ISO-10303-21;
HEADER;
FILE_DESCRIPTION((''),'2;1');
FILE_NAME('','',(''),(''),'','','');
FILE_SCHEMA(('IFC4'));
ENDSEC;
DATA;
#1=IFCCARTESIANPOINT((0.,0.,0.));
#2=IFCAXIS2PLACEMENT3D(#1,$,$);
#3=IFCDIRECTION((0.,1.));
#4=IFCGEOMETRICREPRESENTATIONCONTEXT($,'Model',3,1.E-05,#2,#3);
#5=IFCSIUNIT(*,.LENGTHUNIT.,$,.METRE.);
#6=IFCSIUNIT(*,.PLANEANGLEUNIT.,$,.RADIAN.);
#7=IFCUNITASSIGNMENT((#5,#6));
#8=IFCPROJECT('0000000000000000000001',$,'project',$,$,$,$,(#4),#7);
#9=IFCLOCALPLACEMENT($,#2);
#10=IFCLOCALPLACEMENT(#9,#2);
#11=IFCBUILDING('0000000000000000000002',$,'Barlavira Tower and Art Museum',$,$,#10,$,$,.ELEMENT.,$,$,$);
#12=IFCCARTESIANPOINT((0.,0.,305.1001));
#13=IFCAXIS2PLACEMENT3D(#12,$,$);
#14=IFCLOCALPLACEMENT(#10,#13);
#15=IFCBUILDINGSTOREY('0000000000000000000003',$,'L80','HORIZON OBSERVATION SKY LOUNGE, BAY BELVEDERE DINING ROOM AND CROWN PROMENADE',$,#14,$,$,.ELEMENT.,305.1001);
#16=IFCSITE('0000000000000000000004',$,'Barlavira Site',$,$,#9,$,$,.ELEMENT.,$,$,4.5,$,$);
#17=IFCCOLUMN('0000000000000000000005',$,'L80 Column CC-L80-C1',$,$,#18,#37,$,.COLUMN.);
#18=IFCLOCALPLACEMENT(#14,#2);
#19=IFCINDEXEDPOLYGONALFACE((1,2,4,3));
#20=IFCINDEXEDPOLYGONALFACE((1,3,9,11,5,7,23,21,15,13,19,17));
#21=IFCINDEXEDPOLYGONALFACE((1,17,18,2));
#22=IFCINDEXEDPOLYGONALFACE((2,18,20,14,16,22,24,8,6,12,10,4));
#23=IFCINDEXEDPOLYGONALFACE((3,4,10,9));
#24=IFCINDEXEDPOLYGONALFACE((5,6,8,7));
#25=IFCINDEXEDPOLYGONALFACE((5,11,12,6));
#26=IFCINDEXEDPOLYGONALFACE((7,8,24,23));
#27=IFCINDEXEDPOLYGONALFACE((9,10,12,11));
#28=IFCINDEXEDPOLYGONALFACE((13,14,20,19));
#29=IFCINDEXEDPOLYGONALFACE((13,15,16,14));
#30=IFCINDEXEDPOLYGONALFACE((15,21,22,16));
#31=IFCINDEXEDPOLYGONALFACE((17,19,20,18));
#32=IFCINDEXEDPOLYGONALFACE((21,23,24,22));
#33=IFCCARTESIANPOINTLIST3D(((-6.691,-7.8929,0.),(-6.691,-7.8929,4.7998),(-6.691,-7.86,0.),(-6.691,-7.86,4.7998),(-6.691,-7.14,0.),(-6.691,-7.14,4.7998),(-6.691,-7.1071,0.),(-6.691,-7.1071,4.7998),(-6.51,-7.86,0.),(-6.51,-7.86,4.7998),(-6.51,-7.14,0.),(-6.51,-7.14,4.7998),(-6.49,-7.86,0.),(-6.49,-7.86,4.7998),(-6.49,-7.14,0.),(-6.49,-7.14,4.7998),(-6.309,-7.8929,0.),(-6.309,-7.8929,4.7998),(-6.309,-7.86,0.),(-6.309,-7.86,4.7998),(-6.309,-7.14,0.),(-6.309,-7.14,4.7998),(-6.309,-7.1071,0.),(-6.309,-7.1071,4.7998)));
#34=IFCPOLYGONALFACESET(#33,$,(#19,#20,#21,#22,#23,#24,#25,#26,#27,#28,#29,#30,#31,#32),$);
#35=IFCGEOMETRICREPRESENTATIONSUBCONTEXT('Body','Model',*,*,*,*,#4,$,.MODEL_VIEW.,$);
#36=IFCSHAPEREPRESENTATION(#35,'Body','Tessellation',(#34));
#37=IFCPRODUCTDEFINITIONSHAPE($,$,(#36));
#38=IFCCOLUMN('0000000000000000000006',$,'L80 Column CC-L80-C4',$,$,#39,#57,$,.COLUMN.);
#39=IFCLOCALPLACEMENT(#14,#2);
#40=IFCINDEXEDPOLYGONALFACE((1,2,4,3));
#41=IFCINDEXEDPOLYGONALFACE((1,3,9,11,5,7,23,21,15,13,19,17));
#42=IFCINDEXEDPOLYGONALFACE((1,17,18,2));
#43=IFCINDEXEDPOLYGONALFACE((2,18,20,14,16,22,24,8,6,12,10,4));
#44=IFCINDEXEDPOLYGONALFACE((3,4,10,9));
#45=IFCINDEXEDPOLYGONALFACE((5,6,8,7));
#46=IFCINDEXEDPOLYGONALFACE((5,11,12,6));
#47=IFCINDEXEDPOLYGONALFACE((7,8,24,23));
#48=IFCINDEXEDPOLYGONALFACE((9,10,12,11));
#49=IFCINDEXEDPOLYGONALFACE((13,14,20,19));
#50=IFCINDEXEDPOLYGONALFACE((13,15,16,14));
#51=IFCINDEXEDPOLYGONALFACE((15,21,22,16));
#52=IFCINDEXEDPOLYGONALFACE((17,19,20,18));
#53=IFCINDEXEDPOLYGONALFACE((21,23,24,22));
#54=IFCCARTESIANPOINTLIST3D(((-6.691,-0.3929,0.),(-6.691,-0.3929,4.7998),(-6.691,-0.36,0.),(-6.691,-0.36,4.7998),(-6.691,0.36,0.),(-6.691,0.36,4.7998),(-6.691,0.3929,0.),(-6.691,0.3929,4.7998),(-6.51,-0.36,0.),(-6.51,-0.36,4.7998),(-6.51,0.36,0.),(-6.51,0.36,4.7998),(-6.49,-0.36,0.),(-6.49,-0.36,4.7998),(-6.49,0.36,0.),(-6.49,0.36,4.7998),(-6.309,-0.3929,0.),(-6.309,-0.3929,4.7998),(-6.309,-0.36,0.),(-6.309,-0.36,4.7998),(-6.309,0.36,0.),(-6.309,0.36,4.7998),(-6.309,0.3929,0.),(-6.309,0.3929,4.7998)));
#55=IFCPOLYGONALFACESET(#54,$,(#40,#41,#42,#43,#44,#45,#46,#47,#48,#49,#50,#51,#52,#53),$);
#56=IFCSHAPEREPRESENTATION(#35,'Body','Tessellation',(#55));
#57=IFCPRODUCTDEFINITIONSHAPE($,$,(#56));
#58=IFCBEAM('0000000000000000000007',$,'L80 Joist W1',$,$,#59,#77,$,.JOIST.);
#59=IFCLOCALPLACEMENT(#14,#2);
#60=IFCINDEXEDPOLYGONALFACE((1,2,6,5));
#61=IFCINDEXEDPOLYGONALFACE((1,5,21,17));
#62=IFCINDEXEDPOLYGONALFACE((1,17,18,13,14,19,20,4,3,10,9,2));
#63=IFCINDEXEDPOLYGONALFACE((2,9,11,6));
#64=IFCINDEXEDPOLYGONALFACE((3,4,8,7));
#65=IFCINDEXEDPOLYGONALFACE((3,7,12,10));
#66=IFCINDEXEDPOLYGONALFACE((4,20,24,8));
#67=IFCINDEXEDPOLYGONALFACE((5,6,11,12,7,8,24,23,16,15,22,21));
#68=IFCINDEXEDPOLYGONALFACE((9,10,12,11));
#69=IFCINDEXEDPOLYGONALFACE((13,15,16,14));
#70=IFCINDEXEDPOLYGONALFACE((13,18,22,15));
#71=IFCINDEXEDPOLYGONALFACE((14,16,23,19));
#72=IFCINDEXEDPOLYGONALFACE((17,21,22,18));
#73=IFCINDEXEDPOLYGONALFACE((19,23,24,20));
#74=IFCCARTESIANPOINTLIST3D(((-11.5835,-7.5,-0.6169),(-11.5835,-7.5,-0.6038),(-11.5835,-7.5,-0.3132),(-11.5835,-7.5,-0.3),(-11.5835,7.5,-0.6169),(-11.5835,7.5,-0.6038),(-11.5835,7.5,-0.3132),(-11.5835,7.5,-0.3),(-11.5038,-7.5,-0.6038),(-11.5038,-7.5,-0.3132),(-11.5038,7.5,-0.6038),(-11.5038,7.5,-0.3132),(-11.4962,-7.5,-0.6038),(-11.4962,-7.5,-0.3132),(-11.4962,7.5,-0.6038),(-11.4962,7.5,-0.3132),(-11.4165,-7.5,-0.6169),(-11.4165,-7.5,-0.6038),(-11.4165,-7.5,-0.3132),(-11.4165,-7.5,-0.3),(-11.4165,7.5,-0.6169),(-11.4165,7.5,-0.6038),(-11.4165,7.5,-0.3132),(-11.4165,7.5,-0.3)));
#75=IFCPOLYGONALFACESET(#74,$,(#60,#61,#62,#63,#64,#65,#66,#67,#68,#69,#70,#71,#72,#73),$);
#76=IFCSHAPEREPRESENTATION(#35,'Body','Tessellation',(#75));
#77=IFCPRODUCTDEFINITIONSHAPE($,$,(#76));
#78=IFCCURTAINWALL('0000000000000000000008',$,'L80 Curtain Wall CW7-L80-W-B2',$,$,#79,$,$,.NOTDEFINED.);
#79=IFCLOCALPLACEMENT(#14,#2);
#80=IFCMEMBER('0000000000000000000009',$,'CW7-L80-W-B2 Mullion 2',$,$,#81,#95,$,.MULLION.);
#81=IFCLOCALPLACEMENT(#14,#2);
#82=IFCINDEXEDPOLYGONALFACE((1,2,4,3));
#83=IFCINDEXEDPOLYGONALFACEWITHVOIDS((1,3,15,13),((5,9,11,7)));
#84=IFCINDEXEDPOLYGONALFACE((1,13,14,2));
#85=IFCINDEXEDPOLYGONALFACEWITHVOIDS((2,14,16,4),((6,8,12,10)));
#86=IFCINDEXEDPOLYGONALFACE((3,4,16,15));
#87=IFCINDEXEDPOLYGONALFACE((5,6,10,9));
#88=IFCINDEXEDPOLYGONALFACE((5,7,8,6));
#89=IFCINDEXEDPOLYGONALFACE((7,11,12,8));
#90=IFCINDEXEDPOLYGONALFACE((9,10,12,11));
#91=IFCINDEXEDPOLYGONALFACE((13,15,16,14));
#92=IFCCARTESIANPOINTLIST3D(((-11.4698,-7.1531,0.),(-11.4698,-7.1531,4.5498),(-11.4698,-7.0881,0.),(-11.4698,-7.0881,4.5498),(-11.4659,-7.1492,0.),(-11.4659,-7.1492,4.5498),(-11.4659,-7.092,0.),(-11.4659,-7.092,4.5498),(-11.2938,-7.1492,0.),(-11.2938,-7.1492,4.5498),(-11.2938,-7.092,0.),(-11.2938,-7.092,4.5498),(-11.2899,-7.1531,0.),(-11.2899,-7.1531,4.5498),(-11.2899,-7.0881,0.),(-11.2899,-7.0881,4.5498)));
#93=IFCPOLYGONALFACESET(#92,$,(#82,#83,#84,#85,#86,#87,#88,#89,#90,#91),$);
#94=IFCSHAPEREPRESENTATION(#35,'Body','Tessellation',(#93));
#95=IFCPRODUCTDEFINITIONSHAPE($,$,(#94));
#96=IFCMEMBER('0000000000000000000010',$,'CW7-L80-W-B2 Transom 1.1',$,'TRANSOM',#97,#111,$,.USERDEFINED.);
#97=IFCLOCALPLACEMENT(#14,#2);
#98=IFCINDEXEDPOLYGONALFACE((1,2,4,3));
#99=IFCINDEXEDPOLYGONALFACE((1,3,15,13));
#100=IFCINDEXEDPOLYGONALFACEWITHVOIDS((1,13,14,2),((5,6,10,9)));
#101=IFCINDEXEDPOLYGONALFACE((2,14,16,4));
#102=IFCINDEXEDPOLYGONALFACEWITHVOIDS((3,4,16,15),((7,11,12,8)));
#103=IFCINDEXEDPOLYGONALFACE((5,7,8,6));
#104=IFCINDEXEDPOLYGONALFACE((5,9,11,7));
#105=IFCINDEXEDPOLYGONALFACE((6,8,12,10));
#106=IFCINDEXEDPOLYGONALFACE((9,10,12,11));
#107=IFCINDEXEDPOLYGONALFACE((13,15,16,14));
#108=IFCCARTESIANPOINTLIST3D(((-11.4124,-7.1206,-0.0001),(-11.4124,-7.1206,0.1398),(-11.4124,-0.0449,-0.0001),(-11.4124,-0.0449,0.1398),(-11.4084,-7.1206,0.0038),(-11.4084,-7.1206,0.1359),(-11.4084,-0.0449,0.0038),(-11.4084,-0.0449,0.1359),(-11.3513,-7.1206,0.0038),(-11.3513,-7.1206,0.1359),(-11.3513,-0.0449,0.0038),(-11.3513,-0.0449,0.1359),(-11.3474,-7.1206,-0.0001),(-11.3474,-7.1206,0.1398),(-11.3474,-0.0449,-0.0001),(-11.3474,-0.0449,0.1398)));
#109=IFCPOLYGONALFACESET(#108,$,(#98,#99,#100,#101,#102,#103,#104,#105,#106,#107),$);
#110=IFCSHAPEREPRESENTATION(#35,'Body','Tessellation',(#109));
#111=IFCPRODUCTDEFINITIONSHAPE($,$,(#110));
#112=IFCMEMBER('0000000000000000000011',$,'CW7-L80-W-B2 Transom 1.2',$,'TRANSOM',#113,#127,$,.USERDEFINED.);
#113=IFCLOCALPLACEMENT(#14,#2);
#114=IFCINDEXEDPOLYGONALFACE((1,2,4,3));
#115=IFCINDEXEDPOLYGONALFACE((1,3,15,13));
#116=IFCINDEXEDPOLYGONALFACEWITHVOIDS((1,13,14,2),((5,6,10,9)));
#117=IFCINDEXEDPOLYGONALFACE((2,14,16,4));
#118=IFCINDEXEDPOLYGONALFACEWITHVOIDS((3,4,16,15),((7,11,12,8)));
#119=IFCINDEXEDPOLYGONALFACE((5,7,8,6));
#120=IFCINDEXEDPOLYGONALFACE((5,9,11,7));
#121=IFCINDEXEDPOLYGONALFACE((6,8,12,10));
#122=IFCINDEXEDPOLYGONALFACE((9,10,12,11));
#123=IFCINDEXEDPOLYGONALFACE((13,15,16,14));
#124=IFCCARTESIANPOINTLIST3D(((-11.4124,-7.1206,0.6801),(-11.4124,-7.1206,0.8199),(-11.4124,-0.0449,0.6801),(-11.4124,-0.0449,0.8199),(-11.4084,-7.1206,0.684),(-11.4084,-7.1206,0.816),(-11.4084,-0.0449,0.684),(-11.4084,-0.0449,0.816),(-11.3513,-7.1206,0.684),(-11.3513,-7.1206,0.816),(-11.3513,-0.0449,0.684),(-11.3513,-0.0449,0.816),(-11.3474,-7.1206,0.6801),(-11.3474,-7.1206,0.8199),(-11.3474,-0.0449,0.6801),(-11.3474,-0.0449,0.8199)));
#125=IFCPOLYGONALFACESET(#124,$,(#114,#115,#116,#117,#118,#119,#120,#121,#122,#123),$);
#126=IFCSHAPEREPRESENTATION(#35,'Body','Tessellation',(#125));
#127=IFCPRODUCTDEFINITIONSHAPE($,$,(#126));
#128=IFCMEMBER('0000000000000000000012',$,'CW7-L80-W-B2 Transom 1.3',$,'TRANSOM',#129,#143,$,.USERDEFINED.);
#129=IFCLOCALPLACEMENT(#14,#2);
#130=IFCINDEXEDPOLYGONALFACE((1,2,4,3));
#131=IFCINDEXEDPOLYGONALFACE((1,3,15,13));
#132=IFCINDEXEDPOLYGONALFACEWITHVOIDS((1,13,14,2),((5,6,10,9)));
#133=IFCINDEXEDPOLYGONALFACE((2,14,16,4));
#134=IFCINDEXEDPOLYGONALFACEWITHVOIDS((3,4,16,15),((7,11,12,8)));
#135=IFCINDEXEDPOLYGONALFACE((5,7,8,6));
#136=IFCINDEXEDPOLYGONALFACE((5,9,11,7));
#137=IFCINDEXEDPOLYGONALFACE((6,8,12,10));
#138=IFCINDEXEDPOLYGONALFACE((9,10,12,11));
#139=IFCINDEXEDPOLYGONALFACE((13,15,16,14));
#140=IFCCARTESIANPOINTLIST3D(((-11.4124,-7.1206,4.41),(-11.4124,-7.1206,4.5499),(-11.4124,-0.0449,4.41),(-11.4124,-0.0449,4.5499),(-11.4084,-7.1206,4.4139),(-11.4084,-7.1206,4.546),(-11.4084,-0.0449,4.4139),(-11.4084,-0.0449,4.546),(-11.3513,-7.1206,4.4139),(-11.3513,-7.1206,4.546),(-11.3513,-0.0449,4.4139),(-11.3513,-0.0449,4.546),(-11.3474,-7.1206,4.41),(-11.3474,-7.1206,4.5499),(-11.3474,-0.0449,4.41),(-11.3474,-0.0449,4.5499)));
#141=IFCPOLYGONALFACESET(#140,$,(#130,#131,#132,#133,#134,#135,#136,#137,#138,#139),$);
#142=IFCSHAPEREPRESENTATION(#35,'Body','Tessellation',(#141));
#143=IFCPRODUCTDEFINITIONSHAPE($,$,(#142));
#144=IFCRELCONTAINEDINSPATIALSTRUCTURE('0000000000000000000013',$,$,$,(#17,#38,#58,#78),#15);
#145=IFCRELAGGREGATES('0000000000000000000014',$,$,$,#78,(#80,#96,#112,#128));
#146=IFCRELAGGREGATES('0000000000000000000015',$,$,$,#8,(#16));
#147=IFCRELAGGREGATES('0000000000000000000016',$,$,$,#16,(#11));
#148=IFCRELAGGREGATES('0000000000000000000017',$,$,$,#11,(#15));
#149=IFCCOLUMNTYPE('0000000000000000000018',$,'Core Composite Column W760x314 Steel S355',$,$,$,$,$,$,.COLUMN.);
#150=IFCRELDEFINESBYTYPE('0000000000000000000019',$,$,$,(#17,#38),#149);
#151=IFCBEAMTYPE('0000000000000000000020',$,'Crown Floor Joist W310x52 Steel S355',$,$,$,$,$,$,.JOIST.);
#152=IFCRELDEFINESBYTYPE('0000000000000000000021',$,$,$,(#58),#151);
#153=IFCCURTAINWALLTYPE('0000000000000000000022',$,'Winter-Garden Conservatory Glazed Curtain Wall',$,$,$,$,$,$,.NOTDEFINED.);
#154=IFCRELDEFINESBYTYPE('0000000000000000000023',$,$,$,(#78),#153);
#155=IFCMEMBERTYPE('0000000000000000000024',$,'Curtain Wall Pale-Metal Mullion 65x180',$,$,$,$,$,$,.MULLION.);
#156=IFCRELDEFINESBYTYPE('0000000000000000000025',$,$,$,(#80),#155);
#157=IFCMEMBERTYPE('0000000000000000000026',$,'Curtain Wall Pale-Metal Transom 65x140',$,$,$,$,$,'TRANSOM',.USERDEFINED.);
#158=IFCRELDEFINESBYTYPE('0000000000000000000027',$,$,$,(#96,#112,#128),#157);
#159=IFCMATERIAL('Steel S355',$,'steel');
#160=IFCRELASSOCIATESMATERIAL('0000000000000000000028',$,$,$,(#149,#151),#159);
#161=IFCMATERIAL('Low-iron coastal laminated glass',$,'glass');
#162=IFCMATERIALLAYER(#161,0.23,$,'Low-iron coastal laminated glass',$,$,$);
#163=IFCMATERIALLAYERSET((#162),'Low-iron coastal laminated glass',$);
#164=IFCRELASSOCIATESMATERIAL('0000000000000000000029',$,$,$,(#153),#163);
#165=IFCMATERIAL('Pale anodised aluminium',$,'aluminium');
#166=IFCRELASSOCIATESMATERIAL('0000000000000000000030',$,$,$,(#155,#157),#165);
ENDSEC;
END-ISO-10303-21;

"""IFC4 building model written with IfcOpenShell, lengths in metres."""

from ifc_helpers import new_model, si_unit, direction, frame, origin, origin_2d, place, context, subcontext, project, spatial, hollow_rectangle, i_section, extrude, material, layer, layer_set, material_profile, profile_set, type_object, element, aggregate, save


model = new_model("IFC4")

# Units and contexts
model_context = context("Model", 3, precision=1e-05, world=origin(), true_north=direction((0.0, 1.0)))
body_context = subcontext(model_context, "Body", "Model", "MODEL_VIEW")
ifc_project = project(units=[si_unit("LENGTHUNIT", "METRE"), si_unit("PLANEANGLEUNIT", "RADIAN")], contexts=[model_context])

# Site, building, storey
site_placement = place(None, origin())
site = spatial("IfcSite", under=ifc_project, at=site_placement, Name="Barlavira Site", CompositionType="ELEMENT", RefElevation=4.5)
building_placement = place(site_placement, origin())
building = spatial("IfcBuilding", under=site, at=building_placement, Name="Barlavira Tower and Art Museum", CompositionType="ELEMENT")
storey_placement = place(building_placement, frame((0.0, 0.0, 305.1001)))
storey = spatial("IfcBuildingStorey", under=building, at=storey_placement, Name="L80", Description="HORIZON OBSERVATION SKY LOUNGE, BAY BELVEDERE DINING ROOM AND CROWN PROMENADE", CompositionType="ELEMENT", Elevation=305.1001)

# Columns
ifc_material_1 = material(Name="Steel S355", Category="steel")
ifc_material_profile_1 = material_profile(ifc_material_1, i_section(OverallWidth=0.3821, OverallDepth=0.7859, WebThickness=0.02, FlangeThickness=0.033, at=origin_2d()), Name="W760x314.0")
ifc_profile_set_1 = profile_set([ifc_material_profile_1], Name="Steel S355")
column_type = type_object("IfcColumnType", Name="Core Composite Column W760x314 Steel S355", PredefinedType="COLUMN", material=ifc_profile_set_1)
for number, where, z_axis, x_axis, name in (
    (1, (-6.5, -7.5, 0.0), (0.0, 0.0, 1.0), (1.0, 0.0, 0.0), "L80 Column CC-L80-C1"),
    (2, (-6.5, 0.0, 0.0), (0.0, 0.0, 1.0), (1.0, 0.0, 0.0), "L80 Column CC-L80-C4"),
):
    element("IfcColumn", number, at=place(storey_placement, frame(where, z_axis=z_axis, x_axis=x_axis)), inside=storey, type_object=column_type, Name=name, PredefinedType="COLUMN", context=body_context, shape_type="SweptSolid", body=[
        extrude(i_section(OverallWidth=0.3821, OverallDepth=0.7859, WebThickness=0.02, FlangeThickness=0.033, at=origin_2d()), origin(), (0.0, 0.0, 1.0), 4.7998),
    ])

# Beam
ifc_material_profile_2 = material_profile(ifc_material_1, i_section(OverallWidth=0.167, OverallDepth=0.3169, WebThickness=0.0076, FlangeThickness=0.0132, at=origin_2d()), Name="W310x52.0")
ifc_profile_set_2 = profile_set([ifc_material_profile_2], Name="Steel S355")
beam_type_1 = type_object("IfcBeamType", Name="Crown Floor Joist W310x52 Steel S355", PredefinedType="JOIST", material=ifc_profile_set_2)
beam_1_placement = place(storey_placement, frame((-11.5, -7.5, -0.4585), z_axis=(0.0, 1.0, 0.0), x_axis=(-1.0, 0.0, 0.0)))
element("IfcBeam", 3, at=beam_1_placement, inside=storey, type_object=beam_type_1, Name="L80 Joist W1", PredefinedType="JOIST", context=body_context, shape_type="SweptSolid", body=[
    extrude(i_section(OverallWidth=0.167, OverallDepth=0.3169, WebThickness=0.0076, FlangeThickness=0.0132, at=origin_2d()), origin(), (0.0, 0.0, 1.0), 15.0),
])

# Curtain wall, members
ifc_material_2 = material(Name="Low-iron coastal laminated glass", Category="glass")
ifc_layer_1 = layer(ifc_material_2, 0.23, Name="Low-iron coastal laminated glass")
ifc_layer_set_1 = layer_set([ifc_layer_1], Name="Low-iron coastal laminated glass")
curtain_wall_type = type_object("IfcCurtainWallType", Name="Winter-Garden Conservatory Glazed Curtain Wall", PredefinedType="NOTDEFINED", material=ifc_layer_set_1)
curtain_wall_placement = place(storey_placement, origin())
curtain_wall = element("IfcCurtainWall", 4, at=curtain_wall_placement, inside=storey, type_object=curtain_wall_type, Name="L80 Curtain Wall CW7-L80-W-B2", PredefinedType="NOTDEFINED")
ifc_material_3 = material(Name="Pale anodised aluminium", Category="aluminium")
ifc_material_profile_3 = material_profile(ifc_material_3, hollow_rectangle(XDim=0.0649, YDim=0.1799, WallThickness=0.0039, at=origin_2d()), Name="ALU-MULL 65x180x4")
ifc_profile_set_3 = profile_set([ifc_material_profile_3], Name="Pale anodised aluminium")
member_type_1 = type_object("IfcMemberType", Name="Curtain Wall Pale-Metal Mullion 65x180", PredefinedType="MULLION", material=ifc_profile_set_3)
member_1_placement = place(storey_placement, frame((-11.3799, -7.1206, 0.0), z_axis=(0.0, 0.0, 1.0), x_axis=(0.0, -1.0, 0.0)))
member_1 = element("IfcMember", 5, at=member_1_placement, type_object=member_type_1, Name="CW7-L80-W-B2 Mullion 2", PredefinedType="MULLION", context=body_context, shape_type="SweptSolid", body=[
    extrude(hollow_rectangle(XDim=0.0649, YDim=0.1799, WallThickness=0.0039, at=origin_2d()), origin(), (0.0, 0.0, 1.0), 4.5498),
])
ifc_material_profile_4 = material_profile(ifc_material_3, hollow_rectangle(XDim=0.0649, YDim=0.1399, WallThickness=0.0039, at=origin_2d()), Name="ALU-TRAN 65x140x4")
ifc_profile_set_4 = profile_set([ifc_material_profile_4], Name="Pale anodised aluminium")
member_type_2 = type_object("IfcMemberType", Name="Curtain Wall Pale-Metal Transom 65x140", ElementType="TRANSOM", PredefinedType="USERDEFINED", material=ifc_profile_set_4)
member_2_placement = place(storey_placement, frame((-11.3799, -0.0449, 0.0698), z_axis=(0.0, -1.0, 0.0), x_axis=(1.0, 0.0, 0.0)))
member_2 = element("IfcMember", 6, at=member_2_placement, type_object=member_type_2, Name="CW7-L80-W-B2 Transom 1.1", ObjectType="TRANSOM", PredefinedType="USERDEFINED", context=body_context, shape_type="SweptSolid", body=[
    extrude(hollow_rectangle(XDim=0.0649, YDim=0.1399, WallThickness=0.0039, at=origin_2d()), origin(), (0.0, 0.0, 1.0), 7.0757),
])
member_3_placement = place(storey_placement, frame((-11.3799, -0.0449, 0.75), z_axis=(0.0, -1.0, 0.0), x_axis=(1.0, 0.0, 0.0)))
member_3 = element("IfcMember", 7, at=member_3_placement, type_object=member_type_2, Name="CW7-L80-W-B2 Transom 1.2", ObjectType="TRANSOM", PredefinedType="USERDEFINED", context=body_context, shape_type="SweptSolid", body=[
    extrude(hollow_rectangle(XDim=0.0649, YDim=0.1399, WallThickness=0.0039, at=origin_2d()), origin(), (0.0, 0.0, 1.0), 7.0757),
])
member_4_placement = place(storey_placement, frame((-11.3799, -0.0449, 4.48), z_axis=(0.0, -1.0, 0.0), x_axis=(1.0, 0.0, 0.0)))
member_4 = element("IfcMember", 8, at=member_4_placement, type_object=member_type_2, Name="CW7-L80-W-B2 Transom 1.3", ObjectType="TRANSOM", PredefinedType="USERDEFINED", context=body_context, shape_type="SweptSolid", body=[
    extrude(hollow_rectangle(XDim=0.0649, YDim=0.1399, WallThickness=0.0039, at=origin_2d()), origin(), (0.0, 0.0, 1.0), 7.0757),
])

aggregate(curtain_wall, [member_1, member_2, member_3, member_4])

save(model, "model.ifc")
